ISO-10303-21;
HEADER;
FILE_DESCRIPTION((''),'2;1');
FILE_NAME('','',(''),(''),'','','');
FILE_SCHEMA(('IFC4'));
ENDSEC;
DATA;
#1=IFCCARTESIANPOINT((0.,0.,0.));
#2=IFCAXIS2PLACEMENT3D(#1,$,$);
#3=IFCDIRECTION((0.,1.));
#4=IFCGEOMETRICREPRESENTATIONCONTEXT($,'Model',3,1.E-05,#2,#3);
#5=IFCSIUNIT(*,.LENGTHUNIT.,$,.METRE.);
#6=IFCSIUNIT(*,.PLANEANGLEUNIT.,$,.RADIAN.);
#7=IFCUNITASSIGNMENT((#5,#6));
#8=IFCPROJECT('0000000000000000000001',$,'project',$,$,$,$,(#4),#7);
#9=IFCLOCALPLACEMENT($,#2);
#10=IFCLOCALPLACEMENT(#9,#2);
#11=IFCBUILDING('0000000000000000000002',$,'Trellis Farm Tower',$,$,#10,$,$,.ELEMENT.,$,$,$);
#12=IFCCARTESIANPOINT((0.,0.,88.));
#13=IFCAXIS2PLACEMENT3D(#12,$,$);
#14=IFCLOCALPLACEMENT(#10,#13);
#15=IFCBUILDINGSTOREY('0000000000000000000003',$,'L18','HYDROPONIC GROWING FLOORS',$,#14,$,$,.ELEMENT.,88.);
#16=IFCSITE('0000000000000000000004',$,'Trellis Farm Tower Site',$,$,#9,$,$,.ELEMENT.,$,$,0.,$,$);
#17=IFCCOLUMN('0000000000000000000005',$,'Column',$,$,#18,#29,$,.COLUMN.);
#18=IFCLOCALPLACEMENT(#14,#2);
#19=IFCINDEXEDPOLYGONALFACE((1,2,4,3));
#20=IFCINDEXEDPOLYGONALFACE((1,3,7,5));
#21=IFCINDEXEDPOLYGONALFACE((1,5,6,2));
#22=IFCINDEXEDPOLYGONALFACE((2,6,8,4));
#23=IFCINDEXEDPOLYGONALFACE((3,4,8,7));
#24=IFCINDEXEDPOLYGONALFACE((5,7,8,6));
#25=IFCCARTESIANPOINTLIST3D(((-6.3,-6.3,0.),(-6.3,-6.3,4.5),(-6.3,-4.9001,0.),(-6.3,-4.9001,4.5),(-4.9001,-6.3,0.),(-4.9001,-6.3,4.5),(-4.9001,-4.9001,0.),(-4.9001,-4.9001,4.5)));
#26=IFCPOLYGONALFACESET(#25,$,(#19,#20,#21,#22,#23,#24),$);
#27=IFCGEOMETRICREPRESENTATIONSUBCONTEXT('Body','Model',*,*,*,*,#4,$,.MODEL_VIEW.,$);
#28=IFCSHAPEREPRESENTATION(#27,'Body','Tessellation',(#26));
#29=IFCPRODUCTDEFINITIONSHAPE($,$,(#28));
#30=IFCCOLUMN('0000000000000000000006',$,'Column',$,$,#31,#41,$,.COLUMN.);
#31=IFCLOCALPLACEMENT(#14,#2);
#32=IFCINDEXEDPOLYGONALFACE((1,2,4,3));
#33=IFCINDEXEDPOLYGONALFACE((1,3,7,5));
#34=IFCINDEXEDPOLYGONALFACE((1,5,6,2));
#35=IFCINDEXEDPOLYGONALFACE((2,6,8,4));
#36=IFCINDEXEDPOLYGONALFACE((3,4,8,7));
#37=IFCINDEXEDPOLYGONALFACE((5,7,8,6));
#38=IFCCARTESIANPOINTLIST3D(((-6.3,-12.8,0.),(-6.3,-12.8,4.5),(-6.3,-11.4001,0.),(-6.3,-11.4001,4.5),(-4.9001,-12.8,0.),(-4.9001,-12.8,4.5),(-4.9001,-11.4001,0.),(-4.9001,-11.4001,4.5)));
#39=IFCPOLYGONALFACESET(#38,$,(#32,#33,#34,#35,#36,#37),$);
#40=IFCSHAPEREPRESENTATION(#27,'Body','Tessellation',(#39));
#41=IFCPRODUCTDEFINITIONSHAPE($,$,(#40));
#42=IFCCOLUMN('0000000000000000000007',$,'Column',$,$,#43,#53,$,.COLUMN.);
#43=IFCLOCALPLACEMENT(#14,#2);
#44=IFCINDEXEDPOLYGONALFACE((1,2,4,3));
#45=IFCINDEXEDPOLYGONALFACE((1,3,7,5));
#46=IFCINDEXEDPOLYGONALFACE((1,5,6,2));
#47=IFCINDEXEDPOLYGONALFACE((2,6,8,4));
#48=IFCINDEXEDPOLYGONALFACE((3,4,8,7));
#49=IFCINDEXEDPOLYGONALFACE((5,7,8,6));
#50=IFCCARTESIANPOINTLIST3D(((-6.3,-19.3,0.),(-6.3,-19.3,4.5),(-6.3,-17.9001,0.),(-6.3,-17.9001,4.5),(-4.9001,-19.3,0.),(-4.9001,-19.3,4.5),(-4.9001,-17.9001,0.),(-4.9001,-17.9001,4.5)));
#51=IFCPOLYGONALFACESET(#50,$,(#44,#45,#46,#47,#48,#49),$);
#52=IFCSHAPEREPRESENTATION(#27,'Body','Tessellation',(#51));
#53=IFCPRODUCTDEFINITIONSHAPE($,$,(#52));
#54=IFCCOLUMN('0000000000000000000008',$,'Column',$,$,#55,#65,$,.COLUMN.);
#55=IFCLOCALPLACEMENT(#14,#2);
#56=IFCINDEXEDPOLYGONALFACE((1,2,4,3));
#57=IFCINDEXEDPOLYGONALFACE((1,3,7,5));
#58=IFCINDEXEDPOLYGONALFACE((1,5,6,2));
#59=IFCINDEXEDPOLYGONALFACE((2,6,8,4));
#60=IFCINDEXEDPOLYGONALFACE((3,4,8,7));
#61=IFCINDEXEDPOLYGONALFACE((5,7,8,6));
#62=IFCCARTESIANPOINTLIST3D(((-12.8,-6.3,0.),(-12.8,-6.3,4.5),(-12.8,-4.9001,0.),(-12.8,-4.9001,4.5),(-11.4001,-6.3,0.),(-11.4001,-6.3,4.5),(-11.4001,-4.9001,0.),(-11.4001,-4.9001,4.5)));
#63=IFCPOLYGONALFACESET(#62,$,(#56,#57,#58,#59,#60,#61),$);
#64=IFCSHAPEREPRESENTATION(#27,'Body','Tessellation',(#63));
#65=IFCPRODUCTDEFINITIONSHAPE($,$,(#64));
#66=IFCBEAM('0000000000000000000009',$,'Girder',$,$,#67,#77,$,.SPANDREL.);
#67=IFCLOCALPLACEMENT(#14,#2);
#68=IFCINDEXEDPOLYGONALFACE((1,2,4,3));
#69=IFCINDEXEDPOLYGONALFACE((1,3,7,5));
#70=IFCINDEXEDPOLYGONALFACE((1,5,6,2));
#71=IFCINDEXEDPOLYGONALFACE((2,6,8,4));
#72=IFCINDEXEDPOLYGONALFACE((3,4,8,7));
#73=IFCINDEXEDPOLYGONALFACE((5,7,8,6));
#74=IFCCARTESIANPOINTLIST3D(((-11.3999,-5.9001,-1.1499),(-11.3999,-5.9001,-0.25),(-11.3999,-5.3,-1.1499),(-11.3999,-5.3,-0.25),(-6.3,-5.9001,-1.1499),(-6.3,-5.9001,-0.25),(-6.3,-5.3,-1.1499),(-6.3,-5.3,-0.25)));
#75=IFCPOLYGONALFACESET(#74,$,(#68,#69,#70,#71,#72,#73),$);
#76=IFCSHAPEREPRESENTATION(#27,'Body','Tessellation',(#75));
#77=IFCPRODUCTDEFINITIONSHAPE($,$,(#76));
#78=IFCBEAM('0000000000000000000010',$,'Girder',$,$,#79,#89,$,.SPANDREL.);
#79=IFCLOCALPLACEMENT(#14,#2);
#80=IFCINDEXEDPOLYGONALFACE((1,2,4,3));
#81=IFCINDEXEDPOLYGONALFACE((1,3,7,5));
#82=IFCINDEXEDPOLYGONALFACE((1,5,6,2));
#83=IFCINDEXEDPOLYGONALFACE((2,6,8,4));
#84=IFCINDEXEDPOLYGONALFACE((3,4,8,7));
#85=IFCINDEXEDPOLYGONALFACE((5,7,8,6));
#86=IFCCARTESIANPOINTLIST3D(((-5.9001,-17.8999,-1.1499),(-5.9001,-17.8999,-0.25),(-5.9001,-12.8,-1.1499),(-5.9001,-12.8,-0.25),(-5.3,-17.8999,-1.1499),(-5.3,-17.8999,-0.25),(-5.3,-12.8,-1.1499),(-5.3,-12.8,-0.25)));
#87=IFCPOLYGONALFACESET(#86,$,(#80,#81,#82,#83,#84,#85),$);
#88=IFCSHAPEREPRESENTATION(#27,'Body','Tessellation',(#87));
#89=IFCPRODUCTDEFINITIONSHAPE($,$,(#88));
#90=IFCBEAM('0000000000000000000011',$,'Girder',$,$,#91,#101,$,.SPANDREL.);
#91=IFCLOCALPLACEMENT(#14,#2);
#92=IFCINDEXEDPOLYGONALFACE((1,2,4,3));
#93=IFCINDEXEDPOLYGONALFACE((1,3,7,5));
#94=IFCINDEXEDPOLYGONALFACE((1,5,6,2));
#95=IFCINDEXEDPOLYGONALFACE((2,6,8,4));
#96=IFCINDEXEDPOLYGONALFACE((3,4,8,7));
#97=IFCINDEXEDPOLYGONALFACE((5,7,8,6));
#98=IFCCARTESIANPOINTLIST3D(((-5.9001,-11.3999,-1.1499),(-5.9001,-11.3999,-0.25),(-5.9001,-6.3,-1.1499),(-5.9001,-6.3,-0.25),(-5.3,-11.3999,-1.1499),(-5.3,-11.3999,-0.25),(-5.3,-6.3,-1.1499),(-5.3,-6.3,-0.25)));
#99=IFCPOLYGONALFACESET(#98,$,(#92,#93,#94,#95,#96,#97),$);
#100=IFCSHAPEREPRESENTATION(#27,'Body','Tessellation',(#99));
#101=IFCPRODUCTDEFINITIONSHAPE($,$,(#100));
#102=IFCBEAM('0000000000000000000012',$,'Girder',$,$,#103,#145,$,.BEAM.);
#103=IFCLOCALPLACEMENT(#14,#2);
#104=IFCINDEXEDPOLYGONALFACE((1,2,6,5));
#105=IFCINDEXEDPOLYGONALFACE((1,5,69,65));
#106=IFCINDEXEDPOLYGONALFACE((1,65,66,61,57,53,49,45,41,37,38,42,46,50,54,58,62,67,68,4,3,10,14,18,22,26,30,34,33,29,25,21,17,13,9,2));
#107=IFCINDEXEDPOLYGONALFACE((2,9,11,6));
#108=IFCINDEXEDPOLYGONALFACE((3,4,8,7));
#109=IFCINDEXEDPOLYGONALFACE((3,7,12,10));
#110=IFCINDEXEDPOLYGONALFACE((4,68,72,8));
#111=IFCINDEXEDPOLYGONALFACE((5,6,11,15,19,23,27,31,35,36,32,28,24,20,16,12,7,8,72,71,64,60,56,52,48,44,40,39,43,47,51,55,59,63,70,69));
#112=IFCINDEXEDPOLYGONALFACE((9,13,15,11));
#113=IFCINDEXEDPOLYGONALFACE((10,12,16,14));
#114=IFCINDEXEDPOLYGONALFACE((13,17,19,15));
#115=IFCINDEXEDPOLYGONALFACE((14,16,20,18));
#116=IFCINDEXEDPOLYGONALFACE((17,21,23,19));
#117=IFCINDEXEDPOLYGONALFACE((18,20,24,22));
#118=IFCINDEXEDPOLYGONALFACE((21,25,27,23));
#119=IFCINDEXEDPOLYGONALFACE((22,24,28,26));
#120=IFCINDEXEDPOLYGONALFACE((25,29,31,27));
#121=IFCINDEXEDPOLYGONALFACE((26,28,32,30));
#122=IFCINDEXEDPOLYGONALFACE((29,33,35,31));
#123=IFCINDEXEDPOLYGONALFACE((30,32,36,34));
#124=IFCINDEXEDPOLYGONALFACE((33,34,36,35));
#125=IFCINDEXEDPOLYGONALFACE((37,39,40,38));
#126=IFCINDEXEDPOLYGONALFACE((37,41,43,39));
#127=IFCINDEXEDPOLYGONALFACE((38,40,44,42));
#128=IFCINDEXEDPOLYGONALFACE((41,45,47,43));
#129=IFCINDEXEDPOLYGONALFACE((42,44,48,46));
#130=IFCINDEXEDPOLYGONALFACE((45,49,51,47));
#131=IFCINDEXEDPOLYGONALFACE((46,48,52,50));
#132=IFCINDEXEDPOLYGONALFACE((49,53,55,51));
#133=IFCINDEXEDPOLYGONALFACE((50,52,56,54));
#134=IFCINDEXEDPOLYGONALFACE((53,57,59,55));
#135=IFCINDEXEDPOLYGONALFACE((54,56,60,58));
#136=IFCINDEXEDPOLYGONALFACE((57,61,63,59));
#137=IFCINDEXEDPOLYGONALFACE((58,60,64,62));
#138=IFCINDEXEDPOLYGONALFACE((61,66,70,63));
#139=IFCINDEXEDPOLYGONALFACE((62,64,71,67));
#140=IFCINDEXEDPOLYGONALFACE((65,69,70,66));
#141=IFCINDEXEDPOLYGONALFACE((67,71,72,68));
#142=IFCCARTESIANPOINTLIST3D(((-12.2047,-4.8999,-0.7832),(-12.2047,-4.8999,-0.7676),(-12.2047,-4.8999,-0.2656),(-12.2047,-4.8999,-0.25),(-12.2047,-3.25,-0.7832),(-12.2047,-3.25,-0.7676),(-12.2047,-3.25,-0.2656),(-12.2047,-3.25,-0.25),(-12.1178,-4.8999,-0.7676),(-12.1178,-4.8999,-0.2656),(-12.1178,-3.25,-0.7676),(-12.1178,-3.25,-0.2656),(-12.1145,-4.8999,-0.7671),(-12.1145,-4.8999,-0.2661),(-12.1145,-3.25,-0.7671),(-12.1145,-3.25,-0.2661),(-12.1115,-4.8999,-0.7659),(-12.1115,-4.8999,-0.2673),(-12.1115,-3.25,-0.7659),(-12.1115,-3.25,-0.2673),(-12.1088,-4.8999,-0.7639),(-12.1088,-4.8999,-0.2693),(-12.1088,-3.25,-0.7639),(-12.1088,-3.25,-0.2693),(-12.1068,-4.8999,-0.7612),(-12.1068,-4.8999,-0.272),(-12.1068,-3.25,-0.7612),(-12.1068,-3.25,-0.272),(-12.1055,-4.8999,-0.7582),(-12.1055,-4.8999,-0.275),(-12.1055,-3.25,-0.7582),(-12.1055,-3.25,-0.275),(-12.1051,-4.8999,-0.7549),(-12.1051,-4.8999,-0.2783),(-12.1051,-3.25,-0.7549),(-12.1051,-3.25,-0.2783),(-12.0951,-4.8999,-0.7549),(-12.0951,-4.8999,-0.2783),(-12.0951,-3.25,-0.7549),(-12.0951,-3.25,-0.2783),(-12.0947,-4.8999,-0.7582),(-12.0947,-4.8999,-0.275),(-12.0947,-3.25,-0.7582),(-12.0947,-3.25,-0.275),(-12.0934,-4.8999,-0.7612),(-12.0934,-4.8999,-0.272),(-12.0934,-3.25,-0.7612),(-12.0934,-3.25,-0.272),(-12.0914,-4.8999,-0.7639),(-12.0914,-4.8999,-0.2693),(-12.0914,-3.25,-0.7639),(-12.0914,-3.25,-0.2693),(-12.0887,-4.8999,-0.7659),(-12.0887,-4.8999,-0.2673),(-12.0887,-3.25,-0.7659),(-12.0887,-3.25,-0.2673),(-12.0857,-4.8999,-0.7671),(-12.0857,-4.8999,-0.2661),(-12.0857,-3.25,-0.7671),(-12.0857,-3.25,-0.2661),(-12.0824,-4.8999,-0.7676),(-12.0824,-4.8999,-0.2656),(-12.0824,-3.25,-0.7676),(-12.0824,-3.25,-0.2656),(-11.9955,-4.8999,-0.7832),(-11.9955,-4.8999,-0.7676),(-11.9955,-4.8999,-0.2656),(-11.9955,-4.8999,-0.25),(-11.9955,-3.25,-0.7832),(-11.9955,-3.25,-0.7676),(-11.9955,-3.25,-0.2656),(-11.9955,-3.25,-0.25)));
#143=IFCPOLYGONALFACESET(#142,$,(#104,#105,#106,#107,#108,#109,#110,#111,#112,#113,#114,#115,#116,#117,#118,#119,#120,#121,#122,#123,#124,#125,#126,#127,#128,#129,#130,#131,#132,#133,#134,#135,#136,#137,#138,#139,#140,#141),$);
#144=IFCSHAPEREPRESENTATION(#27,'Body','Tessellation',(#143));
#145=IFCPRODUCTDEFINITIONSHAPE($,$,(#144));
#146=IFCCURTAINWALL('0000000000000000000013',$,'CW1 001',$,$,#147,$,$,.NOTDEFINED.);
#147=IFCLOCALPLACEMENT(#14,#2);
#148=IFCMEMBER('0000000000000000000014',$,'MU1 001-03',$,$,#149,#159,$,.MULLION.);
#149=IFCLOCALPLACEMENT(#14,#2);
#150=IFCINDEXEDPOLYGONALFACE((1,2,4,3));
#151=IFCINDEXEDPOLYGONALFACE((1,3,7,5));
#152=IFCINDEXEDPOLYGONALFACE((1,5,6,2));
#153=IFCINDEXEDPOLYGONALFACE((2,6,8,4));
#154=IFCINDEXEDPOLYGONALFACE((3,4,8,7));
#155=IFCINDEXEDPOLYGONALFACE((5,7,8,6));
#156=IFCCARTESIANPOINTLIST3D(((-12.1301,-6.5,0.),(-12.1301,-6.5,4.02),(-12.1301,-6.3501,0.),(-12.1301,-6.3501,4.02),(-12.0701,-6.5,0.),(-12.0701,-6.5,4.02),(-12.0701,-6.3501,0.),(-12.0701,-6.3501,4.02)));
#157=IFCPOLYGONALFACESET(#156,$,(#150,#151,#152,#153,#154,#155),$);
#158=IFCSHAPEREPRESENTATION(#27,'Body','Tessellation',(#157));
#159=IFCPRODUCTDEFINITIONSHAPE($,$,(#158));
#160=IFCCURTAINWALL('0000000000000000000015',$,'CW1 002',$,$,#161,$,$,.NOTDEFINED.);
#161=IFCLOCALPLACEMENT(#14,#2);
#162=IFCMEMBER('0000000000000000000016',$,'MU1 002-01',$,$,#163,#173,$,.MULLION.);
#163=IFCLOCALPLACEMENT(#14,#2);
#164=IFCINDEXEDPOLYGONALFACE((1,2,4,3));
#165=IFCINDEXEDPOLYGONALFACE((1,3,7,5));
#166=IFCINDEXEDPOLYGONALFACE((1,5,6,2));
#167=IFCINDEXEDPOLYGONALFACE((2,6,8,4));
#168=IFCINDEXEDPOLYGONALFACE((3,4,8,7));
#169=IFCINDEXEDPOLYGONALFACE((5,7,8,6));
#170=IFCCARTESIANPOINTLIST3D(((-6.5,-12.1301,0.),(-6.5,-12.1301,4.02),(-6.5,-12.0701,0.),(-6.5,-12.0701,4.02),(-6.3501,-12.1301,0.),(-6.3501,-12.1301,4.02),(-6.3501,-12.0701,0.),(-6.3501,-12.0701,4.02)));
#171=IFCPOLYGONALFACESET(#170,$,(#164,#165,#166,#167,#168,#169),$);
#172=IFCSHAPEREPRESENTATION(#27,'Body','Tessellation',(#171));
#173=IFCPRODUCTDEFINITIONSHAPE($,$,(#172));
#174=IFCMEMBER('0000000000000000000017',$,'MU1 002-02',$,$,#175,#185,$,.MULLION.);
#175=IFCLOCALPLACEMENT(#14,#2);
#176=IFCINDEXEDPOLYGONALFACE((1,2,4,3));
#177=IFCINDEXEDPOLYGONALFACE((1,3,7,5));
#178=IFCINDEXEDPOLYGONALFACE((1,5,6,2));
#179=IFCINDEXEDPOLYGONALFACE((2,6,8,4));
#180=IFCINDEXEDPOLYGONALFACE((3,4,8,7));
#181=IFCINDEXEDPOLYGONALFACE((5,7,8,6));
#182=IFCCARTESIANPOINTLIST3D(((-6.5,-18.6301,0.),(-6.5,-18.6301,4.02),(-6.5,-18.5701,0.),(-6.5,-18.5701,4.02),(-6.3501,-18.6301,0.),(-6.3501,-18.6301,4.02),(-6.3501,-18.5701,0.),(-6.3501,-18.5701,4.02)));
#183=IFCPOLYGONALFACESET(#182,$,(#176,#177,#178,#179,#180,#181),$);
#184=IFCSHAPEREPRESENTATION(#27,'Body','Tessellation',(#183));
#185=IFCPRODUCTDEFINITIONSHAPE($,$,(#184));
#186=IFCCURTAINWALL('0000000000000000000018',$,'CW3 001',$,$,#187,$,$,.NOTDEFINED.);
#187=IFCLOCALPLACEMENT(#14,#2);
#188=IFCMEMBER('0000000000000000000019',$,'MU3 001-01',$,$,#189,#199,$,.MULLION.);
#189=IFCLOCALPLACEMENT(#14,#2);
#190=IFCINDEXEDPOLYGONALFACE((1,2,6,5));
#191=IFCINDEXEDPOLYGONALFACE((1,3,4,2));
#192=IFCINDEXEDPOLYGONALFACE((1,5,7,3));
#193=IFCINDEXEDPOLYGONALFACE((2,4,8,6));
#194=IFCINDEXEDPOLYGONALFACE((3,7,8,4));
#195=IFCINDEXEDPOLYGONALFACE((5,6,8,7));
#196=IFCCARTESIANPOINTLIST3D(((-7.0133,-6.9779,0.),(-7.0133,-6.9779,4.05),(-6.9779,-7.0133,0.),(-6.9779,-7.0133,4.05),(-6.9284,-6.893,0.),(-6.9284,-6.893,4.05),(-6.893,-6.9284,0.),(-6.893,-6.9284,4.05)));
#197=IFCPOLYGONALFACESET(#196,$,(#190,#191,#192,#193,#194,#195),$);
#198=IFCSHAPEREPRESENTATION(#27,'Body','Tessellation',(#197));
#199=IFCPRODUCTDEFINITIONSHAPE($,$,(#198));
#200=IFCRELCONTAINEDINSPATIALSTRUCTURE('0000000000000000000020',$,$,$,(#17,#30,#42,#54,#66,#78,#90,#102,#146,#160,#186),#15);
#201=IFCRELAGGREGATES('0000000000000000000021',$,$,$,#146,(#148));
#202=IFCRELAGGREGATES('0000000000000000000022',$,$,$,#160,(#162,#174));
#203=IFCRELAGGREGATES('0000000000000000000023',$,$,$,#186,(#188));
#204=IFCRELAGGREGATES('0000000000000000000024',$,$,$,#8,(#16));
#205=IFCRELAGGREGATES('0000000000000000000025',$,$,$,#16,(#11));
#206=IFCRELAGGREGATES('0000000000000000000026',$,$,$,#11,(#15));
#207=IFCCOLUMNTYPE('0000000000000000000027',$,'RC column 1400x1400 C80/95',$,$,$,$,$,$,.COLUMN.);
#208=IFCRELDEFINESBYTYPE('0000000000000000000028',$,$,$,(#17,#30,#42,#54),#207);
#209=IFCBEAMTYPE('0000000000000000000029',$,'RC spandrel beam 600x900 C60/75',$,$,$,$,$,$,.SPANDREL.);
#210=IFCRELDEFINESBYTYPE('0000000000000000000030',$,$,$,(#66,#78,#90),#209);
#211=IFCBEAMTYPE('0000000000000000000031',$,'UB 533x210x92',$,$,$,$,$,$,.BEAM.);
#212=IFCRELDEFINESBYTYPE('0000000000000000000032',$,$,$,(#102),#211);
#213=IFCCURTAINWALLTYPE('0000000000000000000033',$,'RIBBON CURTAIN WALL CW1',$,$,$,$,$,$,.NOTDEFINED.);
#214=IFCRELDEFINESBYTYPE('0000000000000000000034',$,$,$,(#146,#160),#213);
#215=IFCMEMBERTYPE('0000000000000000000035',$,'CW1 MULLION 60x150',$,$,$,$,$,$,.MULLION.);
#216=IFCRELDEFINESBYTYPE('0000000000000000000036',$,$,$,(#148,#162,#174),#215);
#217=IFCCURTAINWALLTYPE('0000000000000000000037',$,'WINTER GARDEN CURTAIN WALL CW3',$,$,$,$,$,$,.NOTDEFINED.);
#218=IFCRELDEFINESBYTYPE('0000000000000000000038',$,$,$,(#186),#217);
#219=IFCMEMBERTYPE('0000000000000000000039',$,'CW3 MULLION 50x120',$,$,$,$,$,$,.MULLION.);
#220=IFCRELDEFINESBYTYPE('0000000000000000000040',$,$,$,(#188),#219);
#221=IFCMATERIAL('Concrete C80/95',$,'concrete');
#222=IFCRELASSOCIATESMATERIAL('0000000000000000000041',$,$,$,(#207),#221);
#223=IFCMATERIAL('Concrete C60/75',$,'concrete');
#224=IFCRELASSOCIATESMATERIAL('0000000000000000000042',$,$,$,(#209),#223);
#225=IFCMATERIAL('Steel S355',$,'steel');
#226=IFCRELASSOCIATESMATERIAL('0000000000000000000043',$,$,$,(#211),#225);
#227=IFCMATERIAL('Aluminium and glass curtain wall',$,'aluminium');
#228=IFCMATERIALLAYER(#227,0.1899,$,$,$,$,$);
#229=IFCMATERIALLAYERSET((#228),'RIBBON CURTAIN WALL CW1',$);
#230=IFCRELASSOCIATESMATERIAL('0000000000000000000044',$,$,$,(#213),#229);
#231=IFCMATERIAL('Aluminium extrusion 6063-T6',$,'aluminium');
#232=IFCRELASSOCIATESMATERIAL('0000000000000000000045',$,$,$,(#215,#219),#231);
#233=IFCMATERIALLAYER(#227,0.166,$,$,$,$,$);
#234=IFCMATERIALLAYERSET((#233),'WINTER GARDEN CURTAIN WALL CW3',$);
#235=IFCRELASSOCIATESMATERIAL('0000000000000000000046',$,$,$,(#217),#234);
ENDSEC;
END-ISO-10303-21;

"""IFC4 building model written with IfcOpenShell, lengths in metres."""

from ifc_helpers import new_model, si_unit, direction, frame, origin, origin_2d, place, context, subcontext, project, spatial, rectangle, i_section, extrude, source, transform, mapped, material, layer, layer_set, material_profile, profile_set, type_object, element, aggregate, save


model = new_model("IFC4")

# Units and contexts
model_context = context("Model", 3, precision=1e-05, world=origin(), true_north=direction((0.0, 1.0)))
body_context = subcontext(model_context, "Body", "Model", "MODEL_VIEW")
ifc_project = project(units=[si_unit("LENGTHUNIT", "METRE"), si_unit("PLANEANGLEUNIT", "RADIAN")], contexts=[model_context])

# Site, building, storey
site_placement = place(None, origin())
site = spatial("IfcSite", under=ifc_project, at=site_placement, Name="Trellis Farm Tower Site", CompositionType="ELEMENT", RefElevation=0.0)
building_placement = place(site_placement, origin())
building = spatial("IfcBuilding", under=site, at=building_placement, Name="Trellis Farm Tower", CompositionType="ELEMENT")
storey_placement = place(building_placement, frame((0.0, 0.0, 88.0)))
storey = spatial("IfcBuildingStorey", under=building, at=storey_placement, Name="L18", Description="HYDROPONIC GROWING FLOORS", CompositionType="ELEMENT", Elevation=88.0)

# Columns
ifc_material_1 = material(Name="Concrete C80/95", Category="concrete")
ifc_material_profile_1 = material_profile(ifc_material_1, rectangle(XDim=1.3999, YDim=1.3999, at=origin_2d()), Name="RC column 1400x1400 C80/95")
ifc_profile_set_1 = profile_set([ifc_material_profile_1], Name="Concrete C80/95")
column_type = type_object("IfcColumnType", Name="RC column 1400x1400 C80/95", PredefinedType="COLUMN", material=ifc_profile_set_1)
shared_shape_1 = source(origin(), body_context, "Body", "SweptSolid", [
    extrude(rectangle(XDim=1.3999, YDim=1.3999, at=origin_2d()), origin(), (0.0, 0.0, 1.0), 4.5),
])
for number, where, z_axis, x_axis, name in (
    (1, (-5.6001, -5.6001, 0.0), (0.0, 0.0, 1.0), (1.0, 0.0, 0.0), "Column"),
    (2, (-5.6001, -12.1001, 0.0), (0.0, 0.0, 1.0), (1.0, 0.0, 0.0), "Column"),
    (3, (-5.6001, -18.6001, 0.0), (0.0, 0.0, 1.0), (1.0, 0.0, 0.0), "Column"),
    (4, (-12.1001, -5.6001, 0.0), (0.0, 0.0, 1.0), (1.0, 0.0, 0.0), "Column"),
):
    element("IfcColumn", number, at=place(storey_placement, frame(where, z_axis=z_axis, x_axis=x_axis)), inside=storey, type_object=column_type, Name=name, PredefinedType="COLUMN", context=body_context, shape_type="MappedRepresentation", body=[
        mapped(shared_shape_1, transform((0.0, 0.0, 0.0))),
    ])

# Beams
ifc_material_2 = material(Name="Concrete C60/75", Category="concrete")
ifc_material_profile_2 = material_profile(ifc_material_2, rectangle(XDim=0.6001, YDim=0.8999, at=origin_2d()), Name="RC spandrel beam 600x900 C60/75")
ifc_profile_set_2 = profile_set([ifc_material_profile_2], Name="Concrete C60/75")
beam_type_1 = type_object("IfcBeamType", Name="RC spandrel beam 600x900 C60/75", PredefinedType="SPANDREL", material=ifc_profile_set_2)
shared_shape_2 = source(origin(), body_context, "Body", "SweptSolid", [
    extrude(rectangle(XDim=0.6001, YDim=0.8999, at=origin_2d()), origin(), (0.0, 0.0, 1.0), 5.0999),
])
for number, where, z_axis, x_axis, name in (
    (5, (-11.3999, -5.6001, -0.7), (1.0, 0.0, 0.0), (0.0, 1.0, 0.0), "Girder"),
    (6, (-5.6001, -17.8999, -0.7), (0.0, 1.0, 0.0), (-1.0, 0.0, 0.0), "Girder"),
    (7, (-5.6001, -11.3999, -0.7), (0.0, 1.0, 0.0), (-1.0, 0.0, 0.0), "Girder"),
):
    element("IfcBeam", number, at=place(storey_placement, frame(where, z_axis=z_axis, x_axis=x_axis)), inside=storey, type_object=beam_type_1, Name=name, PredefinedType="SPANDREL", context=body_context, shape_type="MappedRepresentation", body=[
        mapped(shared_shape_2, transform((0.0, 0.0, 0.0))),
    ])
ifc_material_3 = material(Name="Steel S355", Category="steel")
ifc_material_profile_3 = material_profile(ifc_material_3, i_section(OverallWidth=0.2092, OverallDepth=0.5332, WebThickness=0.01, FlangeThickness=0.0156, FilletRadius=0.0127, at=origin_2d()), Name="UB 533x210x92")
ifc_profile_set_3 = profile_set([ifc_material_profile_3], Name="Steel S355")
beam_type_2 = type_object("IfcBeamType", Name="UB 533x210x92", PredefinedType="BEAM", material=ifc_profile_set_3)
shared_shape_3 = source(origin(), body_context, "Body", "SweptSolid", [
    extrude(i_section(OverallWidth=0.2092, OverallDepth=0.5332, WebThickness=0.01, FlangeThickness=0.0156, FilletRadius=0.0127, at=origin_2d()), origin(), (0.0, 0.0, 1.0), 1.6499),
])
beam_placement = place(storey_placement, frame((-12.1001, -4.8999, -0.5166), z_axis=(0.0, 1.0, 0.0), x_axis=(-1.0, 0.0, 0.0)))
element("IfcBeam", 8, at=beam_placement, inside=storey, type_object=beam_type_2, Name="Girder", PredefinedType="BEAM", context=body_context, shape_type="MappedRepresentation", body=[
    mapped(shared_shape_3, transform((0.0, 0.0, 0.0))),
])

# Curtain wall, member
ifc_material_4 = material(Name="Aluminium and glass curtain wall", Category="aluminium")
ifc_layer_1 = layer(ifc_material_4, 0.1899)
ifc_layer_set_1 = layer_set([ifc_layer_1], Name="RIBBON CURTAIN WALL CW1")
curtain_wall_type_1 = type_object("IfcCurtainWallType", Name="RIBBON CURTAIN WALL CW1", PredefinedType="NOTDEFINED", material=ifc_layer_set_1)
placement = place(storey_placement, origin())
curtain_wall_1 = element("IfcCurtainWall", 9, at=placement, inside=storey, type_object=curtain_wall_type_1, Name="CW1 001", PredefinedType="NOTDEFINED")
ifc_material_5 = material(Name="Aluminium extrusion 6063-T6", Category="aluminium")
ifc_material_profile_4 = material_profile(ifc_material_5, rectangle(XDim=0.0601, YDim=0.1499, at=origin_2d()), Name="MULLION 60x150")
ifc_profile_set_4 = profile_set([ifc_material_profile_4], Name="Aluminium extrusion 6063-T6")
member_type_1 = type_object("IfcMemberType", Name="CW1 MULLION 60x150", PredefinedType="MULLION", material=ifc_profile_set_4)
shared_shape_4 = source(origin(), body_context, "Body", "SweptSolid", [
    extrude(rectangle(XDim=0.0601, YDim=0.1499, at=origin_2d()), origin(), (0.0, 0.0, 1.0), 4.02),
])
member_1_placement = place(storey_placement, frame((-12.1001, -6.425, 0.0), z_axis=(0.0, 0.0, 1.0), x_axis=(1.0, 0.0, 0.0)))
member_1 = element("IfcMember", 10, at=member_1_placement, type_object=member_type_1, Name="MU1 001-03", PredefinedType="MULLION", context=body_context, shape_type="MappedRepresentation", body=[
    mapped(shared_shape_4, transform((0.0, 0.0, 0.0))),
])
aggregate(curtain_wall_1, [member_1])

# Curtain wall, members
curtain_wall_2 = element("IfcCurtainWall", 11, at=placement, inside=storey, type_object=curtain_wall_type_1, Name="CW1 002", PredefinedType="NOTDEFINED")
member_2_placement = place(storey_placement, frame((-6.425, -12.1001, 0.0), z_axis=(0.0, 0.0, 1.0), x_axis=(0.0, -1.0, 0.0)))
member_2 = element("IfcMember", 12, at=member_2_placement, type_object=member_type_1, Name="MU1 002-01", PredefinedType="MULLION", context=body_context, shape_type="MappedRepresentation", body=[
    mapped(shared_shape_4, transform((0.0, 0.0, 0.0))),
])
member_3_placement = place(storey_placement, frame((-6.425, -18.6001, 0.0), z_axis=(0.0, 0.0, 1.0), x_axis=(0.0, -1.0, 0.0)))
member_3 = element("IfcMember", 13, at=member_3_placement, type_object=member_type_1, Name="MU1 002-02", PredefinedType="MULLION", context=body_context, shape_type="MappedRepresentation", body=[
    mapped(shared_shape_4, transform((0.0, 0.0, 0.0))),
])
aggregate(curtain_wall_2, [member_2, member_3])

# Curtain wall, member
ifc_layer_2 = layer(ifc_material_4, 0.166)
ifc_layer_set_2 = layer_set([ifc_layer_2], Name="WINTER GARDEN CURTAIN WALL CW3")
curtain_wall_type_2 = type_object("IfcCurtainWallType", Name="WINTER GARDEN CURTAIN WALL CW3", PredefinedType="NOTDEFINED", material=ifc_layer_set_2)
curtain_wall_3 = element("IfcCurtainWall", 14, at=placement, inside=storey, type_object=curtain_wall_type_2, Name="CW3 001", PredefinedType="NOTDEFINED")
ifc_material_profile_5 = material_profile(ifc_material_5, rectangle(XDim=0.05, YDim=0.1201, at=origin_2d()), Name="MULLION 50x120")
ifc_profile_set_5 = profile_set([ifc_material_profile_5], Name="Aluminium extrusion 6063-T6")
member_type_2 = type_object("IfcMemberType", Name="CW3 MULLION 50x120", PredefinedType="MULLION", material=ifc_profile_set_5)
shared_shape_5 = source(origin(), body_context, "Body", "SweptSolid", [
    extrude(rectangle(XDim=0.05, YDim=0.1201, at=origin_2d()), origin(), (0.0, 0.0, 1.0), 4.05),
])
member_4_placement = place(storey_placement, frame((-6.9531, -6.9531, 0.0), z_axis=(0.0, 0.0, 1.0), x_axis=(0.707107, -0.707107, 0.0)))
member_4 = element("IfcMember", 15, at=member_4_placement, type_object=member_type_2, Name="MU3 001-01", PredefinedType="MULLION", context=body_context, shape_type="MappedRepresentation", body=[
    mapped(shared_shape_5, transform((0.0, 0.0, 0.0))),
])
aggregate(curtain_wall_3, [member_4])

save(model, "model.ifc")
